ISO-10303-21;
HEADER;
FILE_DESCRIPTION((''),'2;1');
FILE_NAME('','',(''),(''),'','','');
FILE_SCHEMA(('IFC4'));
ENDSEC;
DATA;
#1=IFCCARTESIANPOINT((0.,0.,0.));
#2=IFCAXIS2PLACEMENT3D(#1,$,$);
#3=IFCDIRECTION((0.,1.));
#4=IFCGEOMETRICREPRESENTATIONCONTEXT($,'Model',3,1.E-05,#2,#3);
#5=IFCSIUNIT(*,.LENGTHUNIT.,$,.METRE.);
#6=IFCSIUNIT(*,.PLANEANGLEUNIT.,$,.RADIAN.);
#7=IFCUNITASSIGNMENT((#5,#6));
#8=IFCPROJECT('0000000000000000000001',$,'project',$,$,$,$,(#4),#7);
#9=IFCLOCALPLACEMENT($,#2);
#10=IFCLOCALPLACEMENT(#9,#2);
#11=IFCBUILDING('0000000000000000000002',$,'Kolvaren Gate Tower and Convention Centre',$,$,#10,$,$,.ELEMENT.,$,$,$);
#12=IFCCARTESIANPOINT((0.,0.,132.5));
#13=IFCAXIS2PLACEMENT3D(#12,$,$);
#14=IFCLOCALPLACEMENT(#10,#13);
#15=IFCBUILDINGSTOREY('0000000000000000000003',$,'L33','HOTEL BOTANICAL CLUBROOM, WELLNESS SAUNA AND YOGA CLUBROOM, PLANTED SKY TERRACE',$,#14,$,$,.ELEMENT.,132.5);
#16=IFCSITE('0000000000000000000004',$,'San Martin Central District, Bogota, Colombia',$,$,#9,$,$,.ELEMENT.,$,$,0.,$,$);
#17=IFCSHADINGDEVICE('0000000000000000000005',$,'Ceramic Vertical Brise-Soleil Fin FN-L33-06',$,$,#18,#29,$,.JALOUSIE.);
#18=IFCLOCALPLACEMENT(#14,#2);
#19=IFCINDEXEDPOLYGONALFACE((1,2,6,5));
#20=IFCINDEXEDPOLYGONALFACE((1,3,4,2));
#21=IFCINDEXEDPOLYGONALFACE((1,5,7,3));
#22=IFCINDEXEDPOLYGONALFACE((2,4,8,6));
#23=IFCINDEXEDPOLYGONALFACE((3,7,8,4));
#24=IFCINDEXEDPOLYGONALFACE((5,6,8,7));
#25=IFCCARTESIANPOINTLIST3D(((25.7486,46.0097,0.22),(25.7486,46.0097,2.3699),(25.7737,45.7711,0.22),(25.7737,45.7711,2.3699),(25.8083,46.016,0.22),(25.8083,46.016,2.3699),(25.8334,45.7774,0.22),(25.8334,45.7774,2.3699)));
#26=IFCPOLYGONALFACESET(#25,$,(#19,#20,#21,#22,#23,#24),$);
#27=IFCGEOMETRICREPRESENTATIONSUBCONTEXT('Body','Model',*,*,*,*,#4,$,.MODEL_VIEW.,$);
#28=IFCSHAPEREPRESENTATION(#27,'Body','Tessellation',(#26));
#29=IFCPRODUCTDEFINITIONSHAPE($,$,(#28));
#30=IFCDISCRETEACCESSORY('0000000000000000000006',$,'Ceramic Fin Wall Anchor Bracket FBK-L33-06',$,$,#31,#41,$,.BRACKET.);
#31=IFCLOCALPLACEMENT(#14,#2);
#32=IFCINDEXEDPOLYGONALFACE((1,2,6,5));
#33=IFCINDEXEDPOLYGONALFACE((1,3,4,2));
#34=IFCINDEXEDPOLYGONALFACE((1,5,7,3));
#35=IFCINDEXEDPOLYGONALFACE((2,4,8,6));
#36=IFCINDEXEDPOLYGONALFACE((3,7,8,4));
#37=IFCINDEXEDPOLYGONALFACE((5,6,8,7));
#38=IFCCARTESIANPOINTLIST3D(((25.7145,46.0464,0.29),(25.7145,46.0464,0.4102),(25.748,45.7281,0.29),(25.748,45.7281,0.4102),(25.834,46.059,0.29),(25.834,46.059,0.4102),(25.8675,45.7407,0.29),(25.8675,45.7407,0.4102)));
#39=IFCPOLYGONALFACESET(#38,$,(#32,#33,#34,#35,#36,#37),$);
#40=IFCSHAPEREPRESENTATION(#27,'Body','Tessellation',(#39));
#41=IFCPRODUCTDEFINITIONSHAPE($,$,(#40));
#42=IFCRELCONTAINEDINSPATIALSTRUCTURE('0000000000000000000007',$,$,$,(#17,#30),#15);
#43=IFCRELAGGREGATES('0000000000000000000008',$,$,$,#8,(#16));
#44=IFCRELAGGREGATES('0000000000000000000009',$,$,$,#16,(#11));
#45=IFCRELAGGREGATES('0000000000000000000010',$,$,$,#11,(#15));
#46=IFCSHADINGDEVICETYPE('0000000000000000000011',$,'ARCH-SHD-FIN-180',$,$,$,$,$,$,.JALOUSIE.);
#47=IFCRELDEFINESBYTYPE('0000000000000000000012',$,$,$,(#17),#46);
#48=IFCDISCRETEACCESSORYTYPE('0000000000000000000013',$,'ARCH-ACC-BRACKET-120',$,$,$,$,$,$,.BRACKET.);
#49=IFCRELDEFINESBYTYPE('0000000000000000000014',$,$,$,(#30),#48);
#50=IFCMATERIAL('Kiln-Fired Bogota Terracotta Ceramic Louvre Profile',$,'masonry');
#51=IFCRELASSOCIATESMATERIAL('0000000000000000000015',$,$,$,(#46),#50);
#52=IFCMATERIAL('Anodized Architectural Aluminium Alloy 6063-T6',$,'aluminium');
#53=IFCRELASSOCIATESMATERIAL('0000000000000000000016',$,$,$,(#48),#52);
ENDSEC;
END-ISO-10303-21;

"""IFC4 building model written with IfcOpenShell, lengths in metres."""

from ifc_helpers import new_model, si_unit, direction, frame, origin, origin_2d, place, context, subcontext, project, spatial, rectangle, extrude, material, type_object, element, save


model = new_model("IFC4")

# Units and contexts
model_context = context("Model", 3, precision=1e-05, world=origin(), true_north=direction((0.0, 1.0)))
body_context = subcontext(model_context, "Body", "Model", "MODEL_VIEW")
ifc_project = project(units=[si_unit("LENGTHUNIT", "METRE"), si_unit("PLANEANGLEUNIT", "RADIAN")], contexts=[model_context])

# Site, building, storey
site_placement = place(None, origin())
site = spatial("IfcSite", under=ifc_project, at=site_placement, Name="San Martin Central District, Bogota, Colombia", CompositionType="ELEMENT", RefElevation=0.0)
building_placement = place(site_placement, origin())
building = spatial("IfcBuilding", under=site, at=building_placement, Name="Kolvaren Gate Tower and Convention Centre", CompositionType="ELEMENT")
storey_placement = place(building_placement, frame((0.0, 0.0, 132.5)))
storey = spatial("IfcBuildingStorey", under=building, at=storey_placement, Name="L33", Description="HOTEL BOTANICAL CLUBROOM, WELLNESS SAUNA AND YOGA CLUBROOM, PLANTED SKY TERRACE", CompositionType="ELEMENT", Elevation=132.5)

# Shading device
ifc_material_1 = material(Name="Kiln-Fired Bogota Terracotta Ceramic Louvre Profile", Category="masonry")
shading_device_type = type_object("IfcShadingDeviceType", Name="ARCH-SHD-FIN-180", PredefinedType="JALOUSIE", material=ifc_material_1)
shading_device_placement = place(storey_placement, frame((25.791, 45.8936, 0.22), z_axis=(0.0, 0.0, 1.0), x_axis=(0.9945, 0.104737, 0.0)))
element("IfcShadingDevice", 1, at=shading_device_placement, inside=storey, type_object=shading_device_type, Name="Ceramic Vertical Brise-Soleil Fin FN-L33-06", PredefinedType="JALOUSIE", context=body_context, shape_type="SweptSolid", body=[
    extrude(rectangle(XDim=0.0601, YDim=0.24, at=origin_2d()), origin(), (0.0, 0.0, 1.0), 2.1499),
])

# Discrete accessory
ifc_material_2 = material(Name="Anodized Architectural Aluminium Alloy 6063-T6", Category="aluminium")
discrete_accessory_type = type_object("IfcDiscreteAccessoryType", Name="ARCH-ACC-BRACKET-120", PredefinedType="BRACKET", material=ifc_material_2)
discrete_accessory_placement = place(storey_placement, frame((25.791, 45.8936, 0.29), z_axis=(0.0, 0.0, 1.0), x_axis=(0.9945, 0.104737, 0.0)))
element("IfcDiscreteAccessory", 2, at=discrete_accessory_placement, inside=storey, type_object=discrete_accessory_type, Name="Ceramic Fin Wall Anchor Bracket FBK-L33-06", PredefinedType="BRACKET", context=body_context, shape_type="SweptSolid", body=[
    extrude(rectangle(XDim=0.1201, YDim=0.3201, at=origin_2d()), origin(), (0.0, 0.0, 1.0), 0.1201),
])

save(model, "model.ifc")
